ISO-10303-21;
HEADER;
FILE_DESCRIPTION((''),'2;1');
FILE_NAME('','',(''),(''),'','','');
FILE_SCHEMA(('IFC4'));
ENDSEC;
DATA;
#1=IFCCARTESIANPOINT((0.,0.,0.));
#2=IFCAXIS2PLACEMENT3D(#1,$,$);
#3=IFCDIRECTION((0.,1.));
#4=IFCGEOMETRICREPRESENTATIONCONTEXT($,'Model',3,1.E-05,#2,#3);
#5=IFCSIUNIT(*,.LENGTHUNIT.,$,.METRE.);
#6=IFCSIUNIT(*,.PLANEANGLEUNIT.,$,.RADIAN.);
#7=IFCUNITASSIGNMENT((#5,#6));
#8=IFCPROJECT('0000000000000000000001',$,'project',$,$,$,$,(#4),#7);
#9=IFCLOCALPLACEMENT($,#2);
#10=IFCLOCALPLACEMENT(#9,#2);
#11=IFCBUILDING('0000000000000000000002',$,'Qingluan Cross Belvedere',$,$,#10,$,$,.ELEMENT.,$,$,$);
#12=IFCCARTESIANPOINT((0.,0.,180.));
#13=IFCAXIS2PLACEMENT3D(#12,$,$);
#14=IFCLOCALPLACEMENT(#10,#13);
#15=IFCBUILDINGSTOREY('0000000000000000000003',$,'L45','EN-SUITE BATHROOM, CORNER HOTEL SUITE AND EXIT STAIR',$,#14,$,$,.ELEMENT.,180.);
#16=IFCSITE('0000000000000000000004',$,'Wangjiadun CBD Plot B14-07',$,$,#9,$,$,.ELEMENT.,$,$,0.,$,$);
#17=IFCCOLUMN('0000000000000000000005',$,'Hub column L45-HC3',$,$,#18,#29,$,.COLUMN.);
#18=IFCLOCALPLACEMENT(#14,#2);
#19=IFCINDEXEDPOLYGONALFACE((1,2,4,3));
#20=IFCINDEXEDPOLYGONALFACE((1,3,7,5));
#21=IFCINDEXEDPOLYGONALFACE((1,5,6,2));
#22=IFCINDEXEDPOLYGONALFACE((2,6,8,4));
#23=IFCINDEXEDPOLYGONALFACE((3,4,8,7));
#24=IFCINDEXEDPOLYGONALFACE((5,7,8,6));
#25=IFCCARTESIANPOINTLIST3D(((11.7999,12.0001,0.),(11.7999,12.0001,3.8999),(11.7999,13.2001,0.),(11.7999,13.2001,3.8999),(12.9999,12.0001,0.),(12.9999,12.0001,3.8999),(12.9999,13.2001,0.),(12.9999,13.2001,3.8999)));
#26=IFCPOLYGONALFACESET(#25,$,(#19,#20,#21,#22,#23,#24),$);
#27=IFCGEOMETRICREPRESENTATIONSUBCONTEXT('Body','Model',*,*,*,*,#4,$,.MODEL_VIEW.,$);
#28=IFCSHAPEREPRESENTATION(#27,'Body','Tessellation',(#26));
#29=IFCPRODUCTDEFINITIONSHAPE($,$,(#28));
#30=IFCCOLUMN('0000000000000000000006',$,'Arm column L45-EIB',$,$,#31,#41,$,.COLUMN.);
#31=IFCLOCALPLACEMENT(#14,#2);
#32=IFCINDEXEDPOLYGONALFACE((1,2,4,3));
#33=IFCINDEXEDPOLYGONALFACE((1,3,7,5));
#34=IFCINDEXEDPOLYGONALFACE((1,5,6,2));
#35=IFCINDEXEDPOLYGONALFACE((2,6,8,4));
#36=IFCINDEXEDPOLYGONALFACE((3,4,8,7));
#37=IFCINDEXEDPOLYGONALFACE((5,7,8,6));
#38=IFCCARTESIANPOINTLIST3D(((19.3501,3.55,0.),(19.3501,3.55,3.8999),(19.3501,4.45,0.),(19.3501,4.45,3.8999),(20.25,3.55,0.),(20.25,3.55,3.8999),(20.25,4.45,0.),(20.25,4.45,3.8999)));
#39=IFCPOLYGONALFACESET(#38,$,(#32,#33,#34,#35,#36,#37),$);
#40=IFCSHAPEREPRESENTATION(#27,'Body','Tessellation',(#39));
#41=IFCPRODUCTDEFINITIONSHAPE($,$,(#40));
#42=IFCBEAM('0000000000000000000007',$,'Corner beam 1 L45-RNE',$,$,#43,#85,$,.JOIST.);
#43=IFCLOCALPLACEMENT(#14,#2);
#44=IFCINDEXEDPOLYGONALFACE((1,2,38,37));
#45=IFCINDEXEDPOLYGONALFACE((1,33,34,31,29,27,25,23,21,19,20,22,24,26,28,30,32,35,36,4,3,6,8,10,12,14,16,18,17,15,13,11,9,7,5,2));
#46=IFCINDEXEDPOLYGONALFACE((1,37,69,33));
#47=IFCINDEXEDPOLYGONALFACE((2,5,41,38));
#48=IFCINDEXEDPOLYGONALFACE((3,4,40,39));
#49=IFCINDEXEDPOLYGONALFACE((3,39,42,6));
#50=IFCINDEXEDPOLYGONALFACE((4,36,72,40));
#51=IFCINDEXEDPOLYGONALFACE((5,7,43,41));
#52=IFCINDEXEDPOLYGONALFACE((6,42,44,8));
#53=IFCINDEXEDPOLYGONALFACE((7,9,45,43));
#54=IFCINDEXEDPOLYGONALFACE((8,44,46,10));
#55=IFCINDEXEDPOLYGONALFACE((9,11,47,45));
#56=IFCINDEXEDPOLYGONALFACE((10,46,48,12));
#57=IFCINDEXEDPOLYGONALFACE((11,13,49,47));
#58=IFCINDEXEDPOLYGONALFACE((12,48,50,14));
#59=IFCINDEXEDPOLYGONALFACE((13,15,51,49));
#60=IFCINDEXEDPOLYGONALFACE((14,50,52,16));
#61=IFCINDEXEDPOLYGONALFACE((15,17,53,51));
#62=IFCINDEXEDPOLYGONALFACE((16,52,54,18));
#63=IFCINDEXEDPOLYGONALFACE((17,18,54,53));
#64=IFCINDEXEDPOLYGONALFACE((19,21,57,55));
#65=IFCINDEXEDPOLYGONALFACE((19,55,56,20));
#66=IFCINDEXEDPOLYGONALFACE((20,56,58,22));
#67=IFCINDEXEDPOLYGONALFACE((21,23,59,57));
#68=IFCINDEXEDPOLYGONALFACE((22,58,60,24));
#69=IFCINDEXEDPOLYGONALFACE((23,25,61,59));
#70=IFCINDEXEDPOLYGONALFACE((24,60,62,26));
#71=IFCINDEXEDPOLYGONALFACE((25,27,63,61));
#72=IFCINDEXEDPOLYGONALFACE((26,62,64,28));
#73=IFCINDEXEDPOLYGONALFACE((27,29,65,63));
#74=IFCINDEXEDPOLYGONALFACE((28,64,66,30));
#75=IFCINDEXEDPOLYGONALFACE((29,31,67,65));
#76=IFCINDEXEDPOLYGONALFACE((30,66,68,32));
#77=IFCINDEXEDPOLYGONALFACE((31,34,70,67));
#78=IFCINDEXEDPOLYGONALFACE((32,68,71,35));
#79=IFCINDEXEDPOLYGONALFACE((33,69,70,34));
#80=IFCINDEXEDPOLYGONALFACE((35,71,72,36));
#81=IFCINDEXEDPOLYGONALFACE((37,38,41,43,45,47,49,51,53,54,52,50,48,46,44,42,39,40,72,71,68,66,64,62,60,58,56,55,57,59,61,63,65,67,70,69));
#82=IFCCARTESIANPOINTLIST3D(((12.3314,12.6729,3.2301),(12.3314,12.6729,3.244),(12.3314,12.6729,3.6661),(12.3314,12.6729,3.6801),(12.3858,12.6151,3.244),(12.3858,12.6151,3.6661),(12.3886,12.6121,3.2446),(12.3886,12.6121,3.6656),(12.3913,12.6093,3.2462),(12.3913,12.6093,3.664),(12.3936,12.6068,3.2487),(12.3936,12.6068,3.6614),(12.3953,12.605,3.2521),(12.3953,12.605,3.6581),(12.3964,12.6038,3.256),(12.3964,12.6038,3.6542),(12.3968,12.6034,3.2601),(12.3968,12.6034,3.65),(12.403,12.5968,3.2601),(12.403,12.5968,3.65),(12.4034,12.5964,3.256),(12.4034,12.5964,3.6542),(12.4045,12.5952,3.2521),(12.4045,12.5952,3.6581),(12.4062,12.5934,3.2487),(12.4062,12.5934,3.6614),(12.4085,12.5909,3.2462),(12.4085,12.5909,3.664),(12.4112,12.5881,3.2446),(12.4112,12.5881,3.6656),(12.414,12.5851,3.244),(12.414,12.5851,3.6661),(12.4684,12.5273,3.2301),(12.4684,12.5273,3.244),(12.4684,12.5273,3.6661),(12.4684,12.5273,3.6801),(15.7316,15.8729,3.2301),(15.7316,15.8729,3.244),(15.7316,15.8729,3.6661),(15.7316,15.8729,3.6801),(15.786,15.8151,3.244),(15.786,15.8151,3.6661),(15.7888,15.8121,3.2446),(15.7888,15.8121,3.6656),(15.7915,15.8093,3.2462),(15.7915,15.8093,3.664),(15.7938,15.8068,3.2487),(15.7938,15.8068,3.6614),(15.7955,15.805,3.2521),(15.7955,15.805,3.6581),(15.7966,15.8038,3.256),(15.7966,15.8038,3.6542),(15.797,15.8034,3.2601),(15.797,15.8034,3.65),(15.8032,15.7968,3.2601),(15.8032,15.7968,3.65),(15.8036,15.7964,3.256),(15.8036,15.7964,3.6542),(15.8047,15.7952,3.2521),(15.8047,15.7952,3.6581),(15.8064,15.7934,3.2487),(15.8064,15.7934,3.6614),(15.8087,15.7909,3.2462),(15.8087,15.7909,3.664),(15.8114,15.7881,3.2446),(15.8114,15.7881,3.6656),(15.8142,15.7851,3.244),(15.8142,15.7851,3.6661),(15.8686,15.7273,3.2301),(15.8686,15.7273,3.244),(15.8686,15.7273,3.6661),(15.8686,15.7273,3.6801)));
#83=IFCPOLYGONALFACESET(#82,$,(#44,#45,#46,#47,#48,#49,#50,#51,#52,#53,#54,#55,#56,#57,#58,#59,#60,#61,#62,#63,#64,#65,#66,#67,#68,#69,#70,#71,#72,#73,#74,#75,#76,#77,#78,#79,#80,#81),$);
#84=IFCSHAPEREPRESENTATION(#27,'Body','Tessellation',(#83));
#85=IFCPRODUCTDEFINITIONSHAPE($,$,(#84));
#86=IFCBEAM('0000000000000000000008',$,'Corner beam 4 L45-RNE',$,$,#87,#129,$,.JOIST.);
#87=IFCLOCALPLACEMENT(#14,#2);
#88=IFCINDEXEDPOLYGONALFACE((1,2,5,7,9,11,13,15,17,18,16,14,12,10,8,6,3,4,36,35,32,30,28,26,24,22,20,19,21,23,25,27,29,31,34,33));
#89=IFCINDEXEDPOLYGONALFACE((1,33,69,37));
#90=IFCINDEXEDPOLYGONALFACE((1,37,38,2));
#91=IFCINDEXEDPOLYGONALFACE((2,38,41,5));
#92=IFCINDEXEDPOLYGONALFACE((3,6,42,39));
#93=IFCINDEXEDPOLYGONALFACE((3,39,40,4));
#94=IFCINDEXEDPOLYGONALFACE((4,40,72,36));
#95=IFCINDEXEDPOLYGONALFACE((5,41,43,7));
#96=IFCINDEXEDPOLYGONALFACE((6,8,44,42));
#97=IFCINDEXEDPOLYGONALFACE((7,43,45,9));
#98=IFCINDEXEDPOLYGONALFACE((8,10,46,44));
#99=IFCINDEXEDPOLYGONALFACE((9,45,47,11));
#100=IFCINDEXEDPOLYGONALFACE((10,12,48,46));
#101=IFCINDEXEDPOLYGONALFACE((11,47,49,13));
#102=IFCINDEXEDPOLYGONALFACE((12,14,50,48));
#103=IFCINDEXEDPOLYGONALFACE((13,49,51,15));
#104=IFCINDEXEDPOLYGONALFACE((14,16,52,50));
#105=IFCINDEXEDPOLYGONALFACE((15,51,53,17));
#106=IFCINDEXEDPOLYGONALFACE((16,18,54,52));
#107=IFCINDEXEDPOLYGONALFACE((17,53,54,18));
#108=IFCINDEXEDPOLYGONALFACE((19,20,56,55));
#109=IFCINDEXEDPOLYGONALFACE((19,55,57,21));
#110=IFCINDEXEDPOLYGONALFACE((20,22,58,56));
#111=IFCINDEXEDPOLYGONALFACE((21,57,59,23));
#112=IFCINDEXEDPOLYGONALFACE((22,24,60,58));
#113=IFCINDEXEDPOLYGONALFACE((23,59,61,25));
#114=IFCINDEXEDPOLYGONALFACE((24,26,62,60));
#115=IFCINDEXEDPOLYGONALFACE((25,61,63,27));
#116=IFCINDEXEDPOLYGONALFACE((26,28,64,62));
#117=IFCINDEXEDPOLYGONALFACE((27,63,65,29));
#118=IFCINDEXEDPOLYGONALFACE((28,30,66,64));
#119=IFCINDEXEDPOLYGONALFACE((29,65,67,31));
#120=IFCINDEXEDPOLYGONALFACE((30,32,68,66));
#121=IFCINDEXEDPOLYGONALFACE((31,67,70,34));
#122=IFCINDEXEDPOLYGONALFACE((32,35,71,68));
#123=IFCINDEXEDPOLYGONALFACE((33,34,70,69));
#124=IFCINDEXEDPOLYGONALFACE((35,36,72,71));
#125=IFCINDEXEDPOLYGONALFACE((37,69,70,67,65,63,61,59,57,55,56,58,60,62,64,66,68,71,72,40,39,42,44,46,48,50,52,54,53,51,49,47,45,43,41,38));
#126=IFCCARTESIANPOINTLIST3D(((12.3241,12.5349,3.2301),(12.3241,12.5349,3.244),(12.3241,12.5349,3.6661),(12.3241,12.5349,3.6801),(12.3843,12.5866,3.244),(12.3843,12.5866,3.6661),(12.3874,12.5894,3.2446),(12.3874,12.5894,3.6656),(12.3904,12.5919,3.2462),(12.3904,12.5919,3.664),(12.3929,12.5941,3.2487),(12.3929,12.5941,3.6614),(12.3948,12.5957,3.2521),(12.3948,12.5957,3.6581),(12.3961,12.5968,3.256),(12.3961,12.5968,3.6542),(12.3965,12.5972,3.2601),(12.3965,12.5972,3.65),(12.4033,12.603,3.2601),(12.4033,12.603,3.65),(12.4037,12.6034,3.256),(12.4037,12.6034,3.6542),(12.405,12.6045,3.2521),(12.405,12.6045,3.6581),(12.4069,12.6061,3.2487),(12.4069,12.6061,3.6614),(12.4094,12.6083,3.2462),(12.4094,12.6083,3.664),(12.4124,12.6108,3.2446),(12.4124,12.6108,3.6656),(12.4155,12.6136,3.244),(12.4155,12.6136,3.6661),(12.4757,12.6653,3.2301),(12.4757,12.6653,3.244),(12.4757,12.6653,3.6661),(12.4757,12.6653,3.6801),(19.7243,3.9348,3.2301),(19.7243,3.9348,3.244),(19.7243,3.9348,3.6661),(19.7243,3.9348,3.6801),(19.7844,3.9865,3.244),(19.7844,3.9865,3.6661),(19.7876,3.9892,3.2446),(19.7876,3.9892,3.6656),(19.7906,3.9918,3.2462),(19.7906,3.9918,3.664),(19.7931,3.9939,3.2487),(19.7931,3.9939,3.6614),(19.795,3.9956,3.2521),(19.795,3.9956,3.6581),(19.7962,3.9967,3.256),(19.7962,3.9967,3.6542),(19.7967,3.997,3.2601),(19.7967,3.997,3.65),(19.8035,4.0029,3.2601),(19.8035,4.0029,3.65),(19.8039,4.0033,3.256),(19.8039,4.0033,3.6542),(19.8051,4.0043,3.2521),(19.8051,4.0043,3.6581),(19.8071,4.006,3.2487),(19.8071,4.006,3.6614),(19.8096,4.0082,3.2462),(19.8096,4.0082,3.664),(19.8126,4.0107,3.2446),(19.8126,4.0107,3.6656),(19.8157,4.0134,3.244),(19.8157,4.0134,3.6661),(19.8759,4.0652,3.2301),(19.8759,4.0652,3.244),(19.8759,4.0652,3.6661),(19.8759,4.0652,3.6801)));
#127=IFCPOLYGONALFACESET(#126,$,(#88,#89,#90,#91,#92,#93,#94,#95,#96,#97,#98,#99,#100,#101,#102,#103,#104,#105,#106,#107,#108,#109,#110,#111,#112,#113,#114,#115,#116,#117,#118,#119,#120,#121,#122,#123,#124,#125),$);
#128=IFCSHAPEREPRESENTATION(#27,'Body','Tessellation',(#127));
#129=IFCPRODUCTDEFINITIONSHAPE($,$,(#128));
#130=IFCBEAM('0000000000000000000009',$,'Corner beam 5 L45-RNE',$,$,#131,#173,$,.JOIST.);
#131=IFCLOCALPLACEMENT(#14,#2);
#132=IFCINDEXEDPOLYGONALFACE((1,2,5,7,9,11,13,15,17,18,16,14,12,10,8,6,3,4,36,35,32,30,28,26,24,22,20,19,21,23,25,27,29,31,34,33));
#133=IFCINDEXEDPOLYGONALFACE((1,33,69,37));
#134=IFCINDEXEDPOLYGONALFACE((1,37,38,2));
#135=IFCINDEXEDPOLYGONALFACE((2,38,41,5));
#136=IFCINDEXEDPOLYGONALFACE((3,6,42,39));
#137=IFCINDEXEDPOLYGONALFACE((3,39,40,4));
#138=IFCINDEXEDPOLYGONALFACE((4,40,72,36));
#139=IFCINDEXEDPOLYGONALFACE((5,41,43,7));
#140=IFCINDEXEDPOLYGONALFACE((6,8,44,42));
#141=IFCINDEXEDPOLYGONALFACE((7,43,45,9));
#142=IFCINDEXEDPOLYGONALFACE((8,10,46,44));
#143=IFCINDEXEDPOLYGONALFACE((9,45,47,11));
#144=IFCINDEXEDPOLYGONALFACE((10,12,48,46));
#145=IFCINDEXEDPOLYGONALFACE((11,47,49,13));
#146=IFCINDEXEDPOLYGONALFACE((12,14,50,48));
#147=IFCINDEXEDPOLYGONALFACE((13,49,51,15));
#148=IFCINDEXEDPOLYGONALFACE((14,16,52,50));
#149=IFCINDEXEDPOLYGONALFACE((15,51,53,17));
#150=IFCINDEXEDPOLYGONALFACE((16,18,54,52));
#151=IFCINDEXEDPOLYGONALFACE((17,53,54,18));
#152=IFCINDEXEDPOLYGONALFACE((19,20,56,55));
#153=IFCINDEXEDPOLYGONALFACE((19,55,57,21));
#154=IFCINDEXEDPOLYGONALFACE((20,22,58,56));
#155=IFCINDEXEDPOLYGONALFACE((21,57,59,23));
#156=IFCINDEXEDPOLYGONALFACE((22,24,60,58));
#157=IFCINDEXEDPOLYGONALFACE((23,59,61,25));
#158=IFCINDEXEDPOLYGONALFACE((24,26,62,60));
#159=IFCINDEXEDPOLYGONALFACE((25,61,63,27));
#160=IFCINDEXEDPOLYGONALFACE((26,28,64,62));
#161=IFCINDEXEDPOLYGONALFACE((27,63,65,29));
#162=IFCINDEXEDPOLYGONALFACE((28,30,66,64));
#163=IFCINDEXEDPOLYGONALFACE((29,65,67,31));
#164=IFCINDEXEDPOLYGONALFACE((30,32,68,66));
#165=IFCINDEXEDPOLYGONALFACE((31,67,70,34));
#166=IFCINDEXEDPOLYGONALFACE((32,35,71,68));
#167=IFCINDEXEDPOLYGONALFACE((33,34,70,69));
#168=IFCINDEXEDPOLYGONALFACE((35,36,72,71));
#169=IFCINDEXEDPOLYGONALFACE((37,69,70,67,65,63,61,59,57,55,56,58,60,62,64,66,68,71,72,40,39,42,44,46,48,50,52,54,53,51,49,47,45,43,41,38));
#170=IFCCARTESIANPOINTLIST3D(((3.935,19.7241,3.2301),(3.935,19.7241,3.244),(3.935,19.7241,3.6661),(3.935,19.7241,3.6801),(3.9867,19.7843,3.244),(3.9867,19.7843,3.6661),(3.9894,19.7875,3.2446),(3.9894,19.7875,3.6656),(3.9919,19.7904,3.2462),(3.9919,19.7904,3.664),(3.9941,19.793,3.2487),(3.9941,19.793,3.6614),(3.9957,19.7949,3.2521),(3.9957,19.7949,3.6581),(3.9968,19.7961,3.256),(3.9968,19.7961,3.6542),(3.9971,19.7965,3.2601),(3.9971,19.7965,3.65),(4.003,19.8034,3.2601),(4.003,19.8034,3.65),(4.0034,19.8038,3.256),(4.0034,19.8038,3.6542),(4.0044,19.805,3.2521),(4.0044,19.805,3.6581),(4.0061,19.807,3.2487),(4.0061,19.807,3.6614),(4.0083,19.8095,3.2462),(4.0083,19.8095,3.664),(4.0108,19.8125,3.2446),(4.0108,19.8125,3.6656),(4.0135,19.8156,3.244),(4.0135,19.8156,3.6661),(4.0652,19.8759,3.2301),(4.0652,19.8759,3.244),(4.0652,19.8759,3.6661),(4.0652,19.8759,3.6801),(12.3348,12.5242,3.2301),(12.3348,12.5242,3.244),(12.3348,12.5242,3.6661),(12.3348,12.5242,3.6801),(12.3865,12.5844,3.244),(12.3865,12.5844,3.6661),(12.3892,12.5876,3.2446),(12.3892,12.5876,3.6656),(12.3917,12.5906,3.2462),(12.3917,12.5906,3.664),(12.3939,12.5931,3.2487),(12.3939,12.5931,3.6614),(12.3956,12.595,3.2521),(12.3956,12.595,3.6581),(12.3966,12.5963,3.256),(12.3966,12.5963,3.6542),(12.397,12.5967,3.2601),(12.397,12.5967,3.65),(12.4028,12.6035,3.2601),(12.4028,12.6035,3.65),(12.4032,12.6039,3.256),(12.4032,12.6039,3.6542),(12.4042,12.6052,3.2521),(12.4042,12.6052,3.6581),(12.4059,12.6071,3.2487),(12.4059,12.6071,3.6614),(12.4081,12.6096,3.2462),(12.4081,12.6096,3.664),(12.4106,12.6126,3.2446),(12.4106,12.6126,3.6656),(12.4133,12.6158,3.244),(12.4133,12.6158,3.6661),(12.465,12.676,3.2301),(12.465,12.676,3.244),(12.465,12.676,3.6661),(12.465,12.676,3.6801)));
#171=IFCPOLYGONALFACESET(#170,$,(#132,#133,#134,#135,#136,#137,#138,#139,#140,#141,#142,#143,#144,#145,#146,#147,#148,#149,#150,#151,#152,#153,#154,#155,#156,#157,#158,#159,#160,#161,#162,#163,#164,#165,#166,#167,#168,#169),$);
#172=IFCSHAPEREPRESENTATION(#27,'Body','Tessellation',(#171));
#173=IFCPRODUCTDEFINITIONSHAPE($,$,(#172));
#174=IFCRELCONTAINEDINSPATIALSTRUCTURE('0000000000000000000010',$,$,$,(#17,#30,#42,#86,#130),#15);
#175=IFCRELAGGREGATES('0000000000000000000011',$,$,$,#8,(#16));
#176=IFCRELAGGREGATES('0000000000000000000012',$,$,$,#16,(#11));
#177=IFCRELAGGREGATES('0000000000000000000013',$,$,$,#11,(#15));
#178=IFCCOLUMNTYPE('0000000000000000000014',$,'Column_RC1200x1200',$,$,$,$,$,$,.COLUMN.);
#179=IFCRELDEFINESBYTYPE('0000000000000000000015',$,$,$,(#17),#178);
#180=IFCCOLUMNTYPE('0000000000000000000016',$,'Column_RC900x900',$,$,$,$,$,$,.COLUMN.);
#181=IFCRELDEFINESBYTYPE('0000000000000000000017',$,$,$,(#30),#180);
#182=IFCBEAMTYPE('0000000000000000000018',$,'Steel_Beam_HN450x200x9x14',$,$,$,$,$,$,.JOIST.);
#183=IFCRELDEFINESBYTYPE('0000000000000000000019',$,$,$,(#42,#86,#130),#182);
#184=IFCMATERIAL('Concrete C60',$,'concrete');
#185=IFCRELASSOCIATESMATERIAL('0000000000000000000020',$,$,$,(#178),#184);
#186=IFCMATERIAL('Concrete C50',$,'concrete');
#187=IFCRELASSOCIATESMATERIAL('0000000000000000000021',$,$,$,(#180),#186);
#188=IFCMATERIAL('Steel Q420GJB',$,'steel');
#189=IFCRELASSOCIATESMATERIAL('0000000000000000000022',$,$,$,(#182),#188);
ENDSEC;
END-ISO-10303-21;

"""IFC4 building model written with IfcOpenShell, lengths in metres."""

from ifc_helpers import new_model, si_unit, direction, frame, origin, origin_2d, place, context, subcontext, project, spatial, rectangle, i_section, extrude, material, material_profile, profile_set, type_object, element, save


model = new_model("IFC4")

# Units and contexts
model_context = context("Model", 3, precision=1e-05, world=origin(), true_north=direction((0.0, 1.0)))
body_context = subcontext(model_context, "Body", "Model", "MODEL_VIEW")
ifc_project = project(units=[si_unit("LENGTHUNIT", "METRE"), si_unit("PLANEANGLEUNIT", "RADIAN")], contexts=[model_context])

# Site, building, storey
site_placement = place(None, origin())
site = spatial("IfcSite", under=ifc_project, at=site_placement, Name="Wangjiadun CBD Plot B14-07", CompositionType="ELEMENT", RefElevation=0.0)
building_placement = place(site_placement, origin())
building = spatial("IfcBuilding", under=site, at=building_placement, Name="Qingluan Cross Belvedere", CompositionType="ELEMENT")
storey_placement = place(building_placement, frame((0.0, 0.0, 180.0)))
storey = spatial("IfcBuildingStorey", under=building, at=storey_placement, Name="L45", Description="EN-SUITE BATHROOM, CORNER HOTEL SUITE AND EXIT STAIR", CompositionType="ELEMENT", Elevation=180.0)

# Columns
ifc_material_1 = material(Name="Concrete C60", Category="concrete")
ifc_material_profile_1 = material_profile(ifc_material_1, rectangle(XDim=1.2, YDim=1.2, at=origin_2d()), Name="RC1200x1200")
ifc_profile_set_1 = profile_set([ifc_material_profile_1], Name="Concrete C60")
column_type_1 = type_object("IfcColumnType", Name="Column_RC1200x1200", PredefinedType="COLUMN", material=ifc_profile_set_1)
column_1_placement = place(storey_placement, frame((12.3999, 12.6001, 0.0), z_axis=(0.0, 0.0, 1.0), x_axis=(1.0, 0.0, 0.0)))
element("IfcColumn", 1, at=column_1_placement, inside=storey, type_object=column_type_1, Name="Hub column L45-HC3", PredefinedType="COLUMN", context=body_context, shape_type="SweptSolid", body=[
    extrude(rectangle(XDim=1.2, YDim=1.2, at=origin_2d()), origin(), (0.0, 0.0, 1.0), 3.8999),
])
ifc_material_2 = material(Name="Concrete C50", Category="concrete")
ifc_material_profile_2 = material_profile(ifc_material_2, rectangle(XDim=0.8999, YDim=0.8999, at=origin_2d()), Name="RC900x900")
ifc_profile_set_2 = profile_set([ifc_material_profile_2], Name="Concrete C50")
column_type_2 = type_object("IfcColumnType", Name="Column_RC900x900", PredefinedType="COLUMN", material=ifc_profile_set_2)
column_2_placement = place(storey_placement, frame((19.8, 4.0, 0.0), z_axis=(0.0, 0.0, 1.0), x_axis=(1.0, 0.0, 0.0)))
element("IfcColumn", 2, at=column_2_placement, inside=storey, type_object=column_type_2, Name="Arm column L45-EIB", PredefinedType="COLUMN", context=body_context, shape_type="SweptSolid", body=[
    extrude(rectangle(XDim=0.8999, YDim=0.8999, at=origin_2d()), origin(), (0.0, 0.0, 1.0), 3.8999),
])

# Beams
ifc_material_3 = material(Name="Steel Q420GJB", Category="steel")
ifc_material_profile_3 = material_profile(ifc_material_3, i_section(OverallWidth=0.2, OverallDepth=0.45, WebThickness=0.009, FlangeThickness=0.0139, FilletRadius=0.0161, at=origin_2d()), Name="HN450x200x9x14")
ifc_profile_set_3 = profile_set([ifc_material_profile_3], Name="Steel Q420GJB")
beam_type_1 = type_object("IfcBeamType", Name="Steel_Beam_HN450x200x9x14", PredefinedType="JOIST", material=ifc_profile_set_3)
beam_1_placement = place(storey_placement, frame((12.3999, 12.6001, 3.4551), z_axis=(0.72822, 0.685343, 0.0), x_axis=(-0.685343, 0.72822, 0.0)))
element("IfcBeam", 3, at=beam_1_placement, inside=storey, type_object=beam_type_1, Name="Corner beam 1 L45-RNE", PredefinedType="JOIST", context=body_context, shape_type="SweptSolid", body=[
    extrude(i_section(OverallWidth=0.2, OverallDepth=0.45, WebThickness=0.009, FlangeThickness=0.0139, FilletRadius=0.0161, at=origin_2d()), origin(), (0.0, 0.0, 1.0), 4.6692),
])
beam_2_placement = place(storey_placement, frame((12.3999, 12.6001, 3.4551), z_axis=(0.652245, -0.758008, 0.0), x_axis=(0.758008, 0.652245, 0.0)))
element("IfcBeam", 4, at=beam_2_placement, inside=storey, type_object=beam_type_1, Name="Corner beam 4 L45-RNE", PredefinedType="JOIST", context=body_context, shape_type="SweptSolid", body=[
    extrude(i_section(OverallWidth=0.2, OverallDepth=0.45, WebThickness=0.009, FlangeThickness=0.0139, FilletRadius=0.0161, at=origin_2d()), origin(), (0.0, 0.0, 1.0), 11.3457),
])
beam_3_placement = place(storey_placement, frame((12.3999, 12.6001, 3.4551), z_axis=(-0.759255, 0.650793, 0.0), x_axis=(-0.650793, -0.759255, 0.0)))
element("IfcBeam", 5, at=beam_3_placement, inside=storey, type_object=beam_type_1, Name="Corner beam 5 L45-RNE", PredefinedType="JOIST", context=body_context, shape_type="SweptSolid", body=[
    extrude(i_section(OverallWidth=0.2, OverallDepth=0.45, WebThickness=0.009, FlangeThickness=0.0139, FilletRadius=0.0161, at=origin_2d()), origin(), (0.0, 0.0, 1.0), 11.0632),
])

save(model, "model.ifc")
